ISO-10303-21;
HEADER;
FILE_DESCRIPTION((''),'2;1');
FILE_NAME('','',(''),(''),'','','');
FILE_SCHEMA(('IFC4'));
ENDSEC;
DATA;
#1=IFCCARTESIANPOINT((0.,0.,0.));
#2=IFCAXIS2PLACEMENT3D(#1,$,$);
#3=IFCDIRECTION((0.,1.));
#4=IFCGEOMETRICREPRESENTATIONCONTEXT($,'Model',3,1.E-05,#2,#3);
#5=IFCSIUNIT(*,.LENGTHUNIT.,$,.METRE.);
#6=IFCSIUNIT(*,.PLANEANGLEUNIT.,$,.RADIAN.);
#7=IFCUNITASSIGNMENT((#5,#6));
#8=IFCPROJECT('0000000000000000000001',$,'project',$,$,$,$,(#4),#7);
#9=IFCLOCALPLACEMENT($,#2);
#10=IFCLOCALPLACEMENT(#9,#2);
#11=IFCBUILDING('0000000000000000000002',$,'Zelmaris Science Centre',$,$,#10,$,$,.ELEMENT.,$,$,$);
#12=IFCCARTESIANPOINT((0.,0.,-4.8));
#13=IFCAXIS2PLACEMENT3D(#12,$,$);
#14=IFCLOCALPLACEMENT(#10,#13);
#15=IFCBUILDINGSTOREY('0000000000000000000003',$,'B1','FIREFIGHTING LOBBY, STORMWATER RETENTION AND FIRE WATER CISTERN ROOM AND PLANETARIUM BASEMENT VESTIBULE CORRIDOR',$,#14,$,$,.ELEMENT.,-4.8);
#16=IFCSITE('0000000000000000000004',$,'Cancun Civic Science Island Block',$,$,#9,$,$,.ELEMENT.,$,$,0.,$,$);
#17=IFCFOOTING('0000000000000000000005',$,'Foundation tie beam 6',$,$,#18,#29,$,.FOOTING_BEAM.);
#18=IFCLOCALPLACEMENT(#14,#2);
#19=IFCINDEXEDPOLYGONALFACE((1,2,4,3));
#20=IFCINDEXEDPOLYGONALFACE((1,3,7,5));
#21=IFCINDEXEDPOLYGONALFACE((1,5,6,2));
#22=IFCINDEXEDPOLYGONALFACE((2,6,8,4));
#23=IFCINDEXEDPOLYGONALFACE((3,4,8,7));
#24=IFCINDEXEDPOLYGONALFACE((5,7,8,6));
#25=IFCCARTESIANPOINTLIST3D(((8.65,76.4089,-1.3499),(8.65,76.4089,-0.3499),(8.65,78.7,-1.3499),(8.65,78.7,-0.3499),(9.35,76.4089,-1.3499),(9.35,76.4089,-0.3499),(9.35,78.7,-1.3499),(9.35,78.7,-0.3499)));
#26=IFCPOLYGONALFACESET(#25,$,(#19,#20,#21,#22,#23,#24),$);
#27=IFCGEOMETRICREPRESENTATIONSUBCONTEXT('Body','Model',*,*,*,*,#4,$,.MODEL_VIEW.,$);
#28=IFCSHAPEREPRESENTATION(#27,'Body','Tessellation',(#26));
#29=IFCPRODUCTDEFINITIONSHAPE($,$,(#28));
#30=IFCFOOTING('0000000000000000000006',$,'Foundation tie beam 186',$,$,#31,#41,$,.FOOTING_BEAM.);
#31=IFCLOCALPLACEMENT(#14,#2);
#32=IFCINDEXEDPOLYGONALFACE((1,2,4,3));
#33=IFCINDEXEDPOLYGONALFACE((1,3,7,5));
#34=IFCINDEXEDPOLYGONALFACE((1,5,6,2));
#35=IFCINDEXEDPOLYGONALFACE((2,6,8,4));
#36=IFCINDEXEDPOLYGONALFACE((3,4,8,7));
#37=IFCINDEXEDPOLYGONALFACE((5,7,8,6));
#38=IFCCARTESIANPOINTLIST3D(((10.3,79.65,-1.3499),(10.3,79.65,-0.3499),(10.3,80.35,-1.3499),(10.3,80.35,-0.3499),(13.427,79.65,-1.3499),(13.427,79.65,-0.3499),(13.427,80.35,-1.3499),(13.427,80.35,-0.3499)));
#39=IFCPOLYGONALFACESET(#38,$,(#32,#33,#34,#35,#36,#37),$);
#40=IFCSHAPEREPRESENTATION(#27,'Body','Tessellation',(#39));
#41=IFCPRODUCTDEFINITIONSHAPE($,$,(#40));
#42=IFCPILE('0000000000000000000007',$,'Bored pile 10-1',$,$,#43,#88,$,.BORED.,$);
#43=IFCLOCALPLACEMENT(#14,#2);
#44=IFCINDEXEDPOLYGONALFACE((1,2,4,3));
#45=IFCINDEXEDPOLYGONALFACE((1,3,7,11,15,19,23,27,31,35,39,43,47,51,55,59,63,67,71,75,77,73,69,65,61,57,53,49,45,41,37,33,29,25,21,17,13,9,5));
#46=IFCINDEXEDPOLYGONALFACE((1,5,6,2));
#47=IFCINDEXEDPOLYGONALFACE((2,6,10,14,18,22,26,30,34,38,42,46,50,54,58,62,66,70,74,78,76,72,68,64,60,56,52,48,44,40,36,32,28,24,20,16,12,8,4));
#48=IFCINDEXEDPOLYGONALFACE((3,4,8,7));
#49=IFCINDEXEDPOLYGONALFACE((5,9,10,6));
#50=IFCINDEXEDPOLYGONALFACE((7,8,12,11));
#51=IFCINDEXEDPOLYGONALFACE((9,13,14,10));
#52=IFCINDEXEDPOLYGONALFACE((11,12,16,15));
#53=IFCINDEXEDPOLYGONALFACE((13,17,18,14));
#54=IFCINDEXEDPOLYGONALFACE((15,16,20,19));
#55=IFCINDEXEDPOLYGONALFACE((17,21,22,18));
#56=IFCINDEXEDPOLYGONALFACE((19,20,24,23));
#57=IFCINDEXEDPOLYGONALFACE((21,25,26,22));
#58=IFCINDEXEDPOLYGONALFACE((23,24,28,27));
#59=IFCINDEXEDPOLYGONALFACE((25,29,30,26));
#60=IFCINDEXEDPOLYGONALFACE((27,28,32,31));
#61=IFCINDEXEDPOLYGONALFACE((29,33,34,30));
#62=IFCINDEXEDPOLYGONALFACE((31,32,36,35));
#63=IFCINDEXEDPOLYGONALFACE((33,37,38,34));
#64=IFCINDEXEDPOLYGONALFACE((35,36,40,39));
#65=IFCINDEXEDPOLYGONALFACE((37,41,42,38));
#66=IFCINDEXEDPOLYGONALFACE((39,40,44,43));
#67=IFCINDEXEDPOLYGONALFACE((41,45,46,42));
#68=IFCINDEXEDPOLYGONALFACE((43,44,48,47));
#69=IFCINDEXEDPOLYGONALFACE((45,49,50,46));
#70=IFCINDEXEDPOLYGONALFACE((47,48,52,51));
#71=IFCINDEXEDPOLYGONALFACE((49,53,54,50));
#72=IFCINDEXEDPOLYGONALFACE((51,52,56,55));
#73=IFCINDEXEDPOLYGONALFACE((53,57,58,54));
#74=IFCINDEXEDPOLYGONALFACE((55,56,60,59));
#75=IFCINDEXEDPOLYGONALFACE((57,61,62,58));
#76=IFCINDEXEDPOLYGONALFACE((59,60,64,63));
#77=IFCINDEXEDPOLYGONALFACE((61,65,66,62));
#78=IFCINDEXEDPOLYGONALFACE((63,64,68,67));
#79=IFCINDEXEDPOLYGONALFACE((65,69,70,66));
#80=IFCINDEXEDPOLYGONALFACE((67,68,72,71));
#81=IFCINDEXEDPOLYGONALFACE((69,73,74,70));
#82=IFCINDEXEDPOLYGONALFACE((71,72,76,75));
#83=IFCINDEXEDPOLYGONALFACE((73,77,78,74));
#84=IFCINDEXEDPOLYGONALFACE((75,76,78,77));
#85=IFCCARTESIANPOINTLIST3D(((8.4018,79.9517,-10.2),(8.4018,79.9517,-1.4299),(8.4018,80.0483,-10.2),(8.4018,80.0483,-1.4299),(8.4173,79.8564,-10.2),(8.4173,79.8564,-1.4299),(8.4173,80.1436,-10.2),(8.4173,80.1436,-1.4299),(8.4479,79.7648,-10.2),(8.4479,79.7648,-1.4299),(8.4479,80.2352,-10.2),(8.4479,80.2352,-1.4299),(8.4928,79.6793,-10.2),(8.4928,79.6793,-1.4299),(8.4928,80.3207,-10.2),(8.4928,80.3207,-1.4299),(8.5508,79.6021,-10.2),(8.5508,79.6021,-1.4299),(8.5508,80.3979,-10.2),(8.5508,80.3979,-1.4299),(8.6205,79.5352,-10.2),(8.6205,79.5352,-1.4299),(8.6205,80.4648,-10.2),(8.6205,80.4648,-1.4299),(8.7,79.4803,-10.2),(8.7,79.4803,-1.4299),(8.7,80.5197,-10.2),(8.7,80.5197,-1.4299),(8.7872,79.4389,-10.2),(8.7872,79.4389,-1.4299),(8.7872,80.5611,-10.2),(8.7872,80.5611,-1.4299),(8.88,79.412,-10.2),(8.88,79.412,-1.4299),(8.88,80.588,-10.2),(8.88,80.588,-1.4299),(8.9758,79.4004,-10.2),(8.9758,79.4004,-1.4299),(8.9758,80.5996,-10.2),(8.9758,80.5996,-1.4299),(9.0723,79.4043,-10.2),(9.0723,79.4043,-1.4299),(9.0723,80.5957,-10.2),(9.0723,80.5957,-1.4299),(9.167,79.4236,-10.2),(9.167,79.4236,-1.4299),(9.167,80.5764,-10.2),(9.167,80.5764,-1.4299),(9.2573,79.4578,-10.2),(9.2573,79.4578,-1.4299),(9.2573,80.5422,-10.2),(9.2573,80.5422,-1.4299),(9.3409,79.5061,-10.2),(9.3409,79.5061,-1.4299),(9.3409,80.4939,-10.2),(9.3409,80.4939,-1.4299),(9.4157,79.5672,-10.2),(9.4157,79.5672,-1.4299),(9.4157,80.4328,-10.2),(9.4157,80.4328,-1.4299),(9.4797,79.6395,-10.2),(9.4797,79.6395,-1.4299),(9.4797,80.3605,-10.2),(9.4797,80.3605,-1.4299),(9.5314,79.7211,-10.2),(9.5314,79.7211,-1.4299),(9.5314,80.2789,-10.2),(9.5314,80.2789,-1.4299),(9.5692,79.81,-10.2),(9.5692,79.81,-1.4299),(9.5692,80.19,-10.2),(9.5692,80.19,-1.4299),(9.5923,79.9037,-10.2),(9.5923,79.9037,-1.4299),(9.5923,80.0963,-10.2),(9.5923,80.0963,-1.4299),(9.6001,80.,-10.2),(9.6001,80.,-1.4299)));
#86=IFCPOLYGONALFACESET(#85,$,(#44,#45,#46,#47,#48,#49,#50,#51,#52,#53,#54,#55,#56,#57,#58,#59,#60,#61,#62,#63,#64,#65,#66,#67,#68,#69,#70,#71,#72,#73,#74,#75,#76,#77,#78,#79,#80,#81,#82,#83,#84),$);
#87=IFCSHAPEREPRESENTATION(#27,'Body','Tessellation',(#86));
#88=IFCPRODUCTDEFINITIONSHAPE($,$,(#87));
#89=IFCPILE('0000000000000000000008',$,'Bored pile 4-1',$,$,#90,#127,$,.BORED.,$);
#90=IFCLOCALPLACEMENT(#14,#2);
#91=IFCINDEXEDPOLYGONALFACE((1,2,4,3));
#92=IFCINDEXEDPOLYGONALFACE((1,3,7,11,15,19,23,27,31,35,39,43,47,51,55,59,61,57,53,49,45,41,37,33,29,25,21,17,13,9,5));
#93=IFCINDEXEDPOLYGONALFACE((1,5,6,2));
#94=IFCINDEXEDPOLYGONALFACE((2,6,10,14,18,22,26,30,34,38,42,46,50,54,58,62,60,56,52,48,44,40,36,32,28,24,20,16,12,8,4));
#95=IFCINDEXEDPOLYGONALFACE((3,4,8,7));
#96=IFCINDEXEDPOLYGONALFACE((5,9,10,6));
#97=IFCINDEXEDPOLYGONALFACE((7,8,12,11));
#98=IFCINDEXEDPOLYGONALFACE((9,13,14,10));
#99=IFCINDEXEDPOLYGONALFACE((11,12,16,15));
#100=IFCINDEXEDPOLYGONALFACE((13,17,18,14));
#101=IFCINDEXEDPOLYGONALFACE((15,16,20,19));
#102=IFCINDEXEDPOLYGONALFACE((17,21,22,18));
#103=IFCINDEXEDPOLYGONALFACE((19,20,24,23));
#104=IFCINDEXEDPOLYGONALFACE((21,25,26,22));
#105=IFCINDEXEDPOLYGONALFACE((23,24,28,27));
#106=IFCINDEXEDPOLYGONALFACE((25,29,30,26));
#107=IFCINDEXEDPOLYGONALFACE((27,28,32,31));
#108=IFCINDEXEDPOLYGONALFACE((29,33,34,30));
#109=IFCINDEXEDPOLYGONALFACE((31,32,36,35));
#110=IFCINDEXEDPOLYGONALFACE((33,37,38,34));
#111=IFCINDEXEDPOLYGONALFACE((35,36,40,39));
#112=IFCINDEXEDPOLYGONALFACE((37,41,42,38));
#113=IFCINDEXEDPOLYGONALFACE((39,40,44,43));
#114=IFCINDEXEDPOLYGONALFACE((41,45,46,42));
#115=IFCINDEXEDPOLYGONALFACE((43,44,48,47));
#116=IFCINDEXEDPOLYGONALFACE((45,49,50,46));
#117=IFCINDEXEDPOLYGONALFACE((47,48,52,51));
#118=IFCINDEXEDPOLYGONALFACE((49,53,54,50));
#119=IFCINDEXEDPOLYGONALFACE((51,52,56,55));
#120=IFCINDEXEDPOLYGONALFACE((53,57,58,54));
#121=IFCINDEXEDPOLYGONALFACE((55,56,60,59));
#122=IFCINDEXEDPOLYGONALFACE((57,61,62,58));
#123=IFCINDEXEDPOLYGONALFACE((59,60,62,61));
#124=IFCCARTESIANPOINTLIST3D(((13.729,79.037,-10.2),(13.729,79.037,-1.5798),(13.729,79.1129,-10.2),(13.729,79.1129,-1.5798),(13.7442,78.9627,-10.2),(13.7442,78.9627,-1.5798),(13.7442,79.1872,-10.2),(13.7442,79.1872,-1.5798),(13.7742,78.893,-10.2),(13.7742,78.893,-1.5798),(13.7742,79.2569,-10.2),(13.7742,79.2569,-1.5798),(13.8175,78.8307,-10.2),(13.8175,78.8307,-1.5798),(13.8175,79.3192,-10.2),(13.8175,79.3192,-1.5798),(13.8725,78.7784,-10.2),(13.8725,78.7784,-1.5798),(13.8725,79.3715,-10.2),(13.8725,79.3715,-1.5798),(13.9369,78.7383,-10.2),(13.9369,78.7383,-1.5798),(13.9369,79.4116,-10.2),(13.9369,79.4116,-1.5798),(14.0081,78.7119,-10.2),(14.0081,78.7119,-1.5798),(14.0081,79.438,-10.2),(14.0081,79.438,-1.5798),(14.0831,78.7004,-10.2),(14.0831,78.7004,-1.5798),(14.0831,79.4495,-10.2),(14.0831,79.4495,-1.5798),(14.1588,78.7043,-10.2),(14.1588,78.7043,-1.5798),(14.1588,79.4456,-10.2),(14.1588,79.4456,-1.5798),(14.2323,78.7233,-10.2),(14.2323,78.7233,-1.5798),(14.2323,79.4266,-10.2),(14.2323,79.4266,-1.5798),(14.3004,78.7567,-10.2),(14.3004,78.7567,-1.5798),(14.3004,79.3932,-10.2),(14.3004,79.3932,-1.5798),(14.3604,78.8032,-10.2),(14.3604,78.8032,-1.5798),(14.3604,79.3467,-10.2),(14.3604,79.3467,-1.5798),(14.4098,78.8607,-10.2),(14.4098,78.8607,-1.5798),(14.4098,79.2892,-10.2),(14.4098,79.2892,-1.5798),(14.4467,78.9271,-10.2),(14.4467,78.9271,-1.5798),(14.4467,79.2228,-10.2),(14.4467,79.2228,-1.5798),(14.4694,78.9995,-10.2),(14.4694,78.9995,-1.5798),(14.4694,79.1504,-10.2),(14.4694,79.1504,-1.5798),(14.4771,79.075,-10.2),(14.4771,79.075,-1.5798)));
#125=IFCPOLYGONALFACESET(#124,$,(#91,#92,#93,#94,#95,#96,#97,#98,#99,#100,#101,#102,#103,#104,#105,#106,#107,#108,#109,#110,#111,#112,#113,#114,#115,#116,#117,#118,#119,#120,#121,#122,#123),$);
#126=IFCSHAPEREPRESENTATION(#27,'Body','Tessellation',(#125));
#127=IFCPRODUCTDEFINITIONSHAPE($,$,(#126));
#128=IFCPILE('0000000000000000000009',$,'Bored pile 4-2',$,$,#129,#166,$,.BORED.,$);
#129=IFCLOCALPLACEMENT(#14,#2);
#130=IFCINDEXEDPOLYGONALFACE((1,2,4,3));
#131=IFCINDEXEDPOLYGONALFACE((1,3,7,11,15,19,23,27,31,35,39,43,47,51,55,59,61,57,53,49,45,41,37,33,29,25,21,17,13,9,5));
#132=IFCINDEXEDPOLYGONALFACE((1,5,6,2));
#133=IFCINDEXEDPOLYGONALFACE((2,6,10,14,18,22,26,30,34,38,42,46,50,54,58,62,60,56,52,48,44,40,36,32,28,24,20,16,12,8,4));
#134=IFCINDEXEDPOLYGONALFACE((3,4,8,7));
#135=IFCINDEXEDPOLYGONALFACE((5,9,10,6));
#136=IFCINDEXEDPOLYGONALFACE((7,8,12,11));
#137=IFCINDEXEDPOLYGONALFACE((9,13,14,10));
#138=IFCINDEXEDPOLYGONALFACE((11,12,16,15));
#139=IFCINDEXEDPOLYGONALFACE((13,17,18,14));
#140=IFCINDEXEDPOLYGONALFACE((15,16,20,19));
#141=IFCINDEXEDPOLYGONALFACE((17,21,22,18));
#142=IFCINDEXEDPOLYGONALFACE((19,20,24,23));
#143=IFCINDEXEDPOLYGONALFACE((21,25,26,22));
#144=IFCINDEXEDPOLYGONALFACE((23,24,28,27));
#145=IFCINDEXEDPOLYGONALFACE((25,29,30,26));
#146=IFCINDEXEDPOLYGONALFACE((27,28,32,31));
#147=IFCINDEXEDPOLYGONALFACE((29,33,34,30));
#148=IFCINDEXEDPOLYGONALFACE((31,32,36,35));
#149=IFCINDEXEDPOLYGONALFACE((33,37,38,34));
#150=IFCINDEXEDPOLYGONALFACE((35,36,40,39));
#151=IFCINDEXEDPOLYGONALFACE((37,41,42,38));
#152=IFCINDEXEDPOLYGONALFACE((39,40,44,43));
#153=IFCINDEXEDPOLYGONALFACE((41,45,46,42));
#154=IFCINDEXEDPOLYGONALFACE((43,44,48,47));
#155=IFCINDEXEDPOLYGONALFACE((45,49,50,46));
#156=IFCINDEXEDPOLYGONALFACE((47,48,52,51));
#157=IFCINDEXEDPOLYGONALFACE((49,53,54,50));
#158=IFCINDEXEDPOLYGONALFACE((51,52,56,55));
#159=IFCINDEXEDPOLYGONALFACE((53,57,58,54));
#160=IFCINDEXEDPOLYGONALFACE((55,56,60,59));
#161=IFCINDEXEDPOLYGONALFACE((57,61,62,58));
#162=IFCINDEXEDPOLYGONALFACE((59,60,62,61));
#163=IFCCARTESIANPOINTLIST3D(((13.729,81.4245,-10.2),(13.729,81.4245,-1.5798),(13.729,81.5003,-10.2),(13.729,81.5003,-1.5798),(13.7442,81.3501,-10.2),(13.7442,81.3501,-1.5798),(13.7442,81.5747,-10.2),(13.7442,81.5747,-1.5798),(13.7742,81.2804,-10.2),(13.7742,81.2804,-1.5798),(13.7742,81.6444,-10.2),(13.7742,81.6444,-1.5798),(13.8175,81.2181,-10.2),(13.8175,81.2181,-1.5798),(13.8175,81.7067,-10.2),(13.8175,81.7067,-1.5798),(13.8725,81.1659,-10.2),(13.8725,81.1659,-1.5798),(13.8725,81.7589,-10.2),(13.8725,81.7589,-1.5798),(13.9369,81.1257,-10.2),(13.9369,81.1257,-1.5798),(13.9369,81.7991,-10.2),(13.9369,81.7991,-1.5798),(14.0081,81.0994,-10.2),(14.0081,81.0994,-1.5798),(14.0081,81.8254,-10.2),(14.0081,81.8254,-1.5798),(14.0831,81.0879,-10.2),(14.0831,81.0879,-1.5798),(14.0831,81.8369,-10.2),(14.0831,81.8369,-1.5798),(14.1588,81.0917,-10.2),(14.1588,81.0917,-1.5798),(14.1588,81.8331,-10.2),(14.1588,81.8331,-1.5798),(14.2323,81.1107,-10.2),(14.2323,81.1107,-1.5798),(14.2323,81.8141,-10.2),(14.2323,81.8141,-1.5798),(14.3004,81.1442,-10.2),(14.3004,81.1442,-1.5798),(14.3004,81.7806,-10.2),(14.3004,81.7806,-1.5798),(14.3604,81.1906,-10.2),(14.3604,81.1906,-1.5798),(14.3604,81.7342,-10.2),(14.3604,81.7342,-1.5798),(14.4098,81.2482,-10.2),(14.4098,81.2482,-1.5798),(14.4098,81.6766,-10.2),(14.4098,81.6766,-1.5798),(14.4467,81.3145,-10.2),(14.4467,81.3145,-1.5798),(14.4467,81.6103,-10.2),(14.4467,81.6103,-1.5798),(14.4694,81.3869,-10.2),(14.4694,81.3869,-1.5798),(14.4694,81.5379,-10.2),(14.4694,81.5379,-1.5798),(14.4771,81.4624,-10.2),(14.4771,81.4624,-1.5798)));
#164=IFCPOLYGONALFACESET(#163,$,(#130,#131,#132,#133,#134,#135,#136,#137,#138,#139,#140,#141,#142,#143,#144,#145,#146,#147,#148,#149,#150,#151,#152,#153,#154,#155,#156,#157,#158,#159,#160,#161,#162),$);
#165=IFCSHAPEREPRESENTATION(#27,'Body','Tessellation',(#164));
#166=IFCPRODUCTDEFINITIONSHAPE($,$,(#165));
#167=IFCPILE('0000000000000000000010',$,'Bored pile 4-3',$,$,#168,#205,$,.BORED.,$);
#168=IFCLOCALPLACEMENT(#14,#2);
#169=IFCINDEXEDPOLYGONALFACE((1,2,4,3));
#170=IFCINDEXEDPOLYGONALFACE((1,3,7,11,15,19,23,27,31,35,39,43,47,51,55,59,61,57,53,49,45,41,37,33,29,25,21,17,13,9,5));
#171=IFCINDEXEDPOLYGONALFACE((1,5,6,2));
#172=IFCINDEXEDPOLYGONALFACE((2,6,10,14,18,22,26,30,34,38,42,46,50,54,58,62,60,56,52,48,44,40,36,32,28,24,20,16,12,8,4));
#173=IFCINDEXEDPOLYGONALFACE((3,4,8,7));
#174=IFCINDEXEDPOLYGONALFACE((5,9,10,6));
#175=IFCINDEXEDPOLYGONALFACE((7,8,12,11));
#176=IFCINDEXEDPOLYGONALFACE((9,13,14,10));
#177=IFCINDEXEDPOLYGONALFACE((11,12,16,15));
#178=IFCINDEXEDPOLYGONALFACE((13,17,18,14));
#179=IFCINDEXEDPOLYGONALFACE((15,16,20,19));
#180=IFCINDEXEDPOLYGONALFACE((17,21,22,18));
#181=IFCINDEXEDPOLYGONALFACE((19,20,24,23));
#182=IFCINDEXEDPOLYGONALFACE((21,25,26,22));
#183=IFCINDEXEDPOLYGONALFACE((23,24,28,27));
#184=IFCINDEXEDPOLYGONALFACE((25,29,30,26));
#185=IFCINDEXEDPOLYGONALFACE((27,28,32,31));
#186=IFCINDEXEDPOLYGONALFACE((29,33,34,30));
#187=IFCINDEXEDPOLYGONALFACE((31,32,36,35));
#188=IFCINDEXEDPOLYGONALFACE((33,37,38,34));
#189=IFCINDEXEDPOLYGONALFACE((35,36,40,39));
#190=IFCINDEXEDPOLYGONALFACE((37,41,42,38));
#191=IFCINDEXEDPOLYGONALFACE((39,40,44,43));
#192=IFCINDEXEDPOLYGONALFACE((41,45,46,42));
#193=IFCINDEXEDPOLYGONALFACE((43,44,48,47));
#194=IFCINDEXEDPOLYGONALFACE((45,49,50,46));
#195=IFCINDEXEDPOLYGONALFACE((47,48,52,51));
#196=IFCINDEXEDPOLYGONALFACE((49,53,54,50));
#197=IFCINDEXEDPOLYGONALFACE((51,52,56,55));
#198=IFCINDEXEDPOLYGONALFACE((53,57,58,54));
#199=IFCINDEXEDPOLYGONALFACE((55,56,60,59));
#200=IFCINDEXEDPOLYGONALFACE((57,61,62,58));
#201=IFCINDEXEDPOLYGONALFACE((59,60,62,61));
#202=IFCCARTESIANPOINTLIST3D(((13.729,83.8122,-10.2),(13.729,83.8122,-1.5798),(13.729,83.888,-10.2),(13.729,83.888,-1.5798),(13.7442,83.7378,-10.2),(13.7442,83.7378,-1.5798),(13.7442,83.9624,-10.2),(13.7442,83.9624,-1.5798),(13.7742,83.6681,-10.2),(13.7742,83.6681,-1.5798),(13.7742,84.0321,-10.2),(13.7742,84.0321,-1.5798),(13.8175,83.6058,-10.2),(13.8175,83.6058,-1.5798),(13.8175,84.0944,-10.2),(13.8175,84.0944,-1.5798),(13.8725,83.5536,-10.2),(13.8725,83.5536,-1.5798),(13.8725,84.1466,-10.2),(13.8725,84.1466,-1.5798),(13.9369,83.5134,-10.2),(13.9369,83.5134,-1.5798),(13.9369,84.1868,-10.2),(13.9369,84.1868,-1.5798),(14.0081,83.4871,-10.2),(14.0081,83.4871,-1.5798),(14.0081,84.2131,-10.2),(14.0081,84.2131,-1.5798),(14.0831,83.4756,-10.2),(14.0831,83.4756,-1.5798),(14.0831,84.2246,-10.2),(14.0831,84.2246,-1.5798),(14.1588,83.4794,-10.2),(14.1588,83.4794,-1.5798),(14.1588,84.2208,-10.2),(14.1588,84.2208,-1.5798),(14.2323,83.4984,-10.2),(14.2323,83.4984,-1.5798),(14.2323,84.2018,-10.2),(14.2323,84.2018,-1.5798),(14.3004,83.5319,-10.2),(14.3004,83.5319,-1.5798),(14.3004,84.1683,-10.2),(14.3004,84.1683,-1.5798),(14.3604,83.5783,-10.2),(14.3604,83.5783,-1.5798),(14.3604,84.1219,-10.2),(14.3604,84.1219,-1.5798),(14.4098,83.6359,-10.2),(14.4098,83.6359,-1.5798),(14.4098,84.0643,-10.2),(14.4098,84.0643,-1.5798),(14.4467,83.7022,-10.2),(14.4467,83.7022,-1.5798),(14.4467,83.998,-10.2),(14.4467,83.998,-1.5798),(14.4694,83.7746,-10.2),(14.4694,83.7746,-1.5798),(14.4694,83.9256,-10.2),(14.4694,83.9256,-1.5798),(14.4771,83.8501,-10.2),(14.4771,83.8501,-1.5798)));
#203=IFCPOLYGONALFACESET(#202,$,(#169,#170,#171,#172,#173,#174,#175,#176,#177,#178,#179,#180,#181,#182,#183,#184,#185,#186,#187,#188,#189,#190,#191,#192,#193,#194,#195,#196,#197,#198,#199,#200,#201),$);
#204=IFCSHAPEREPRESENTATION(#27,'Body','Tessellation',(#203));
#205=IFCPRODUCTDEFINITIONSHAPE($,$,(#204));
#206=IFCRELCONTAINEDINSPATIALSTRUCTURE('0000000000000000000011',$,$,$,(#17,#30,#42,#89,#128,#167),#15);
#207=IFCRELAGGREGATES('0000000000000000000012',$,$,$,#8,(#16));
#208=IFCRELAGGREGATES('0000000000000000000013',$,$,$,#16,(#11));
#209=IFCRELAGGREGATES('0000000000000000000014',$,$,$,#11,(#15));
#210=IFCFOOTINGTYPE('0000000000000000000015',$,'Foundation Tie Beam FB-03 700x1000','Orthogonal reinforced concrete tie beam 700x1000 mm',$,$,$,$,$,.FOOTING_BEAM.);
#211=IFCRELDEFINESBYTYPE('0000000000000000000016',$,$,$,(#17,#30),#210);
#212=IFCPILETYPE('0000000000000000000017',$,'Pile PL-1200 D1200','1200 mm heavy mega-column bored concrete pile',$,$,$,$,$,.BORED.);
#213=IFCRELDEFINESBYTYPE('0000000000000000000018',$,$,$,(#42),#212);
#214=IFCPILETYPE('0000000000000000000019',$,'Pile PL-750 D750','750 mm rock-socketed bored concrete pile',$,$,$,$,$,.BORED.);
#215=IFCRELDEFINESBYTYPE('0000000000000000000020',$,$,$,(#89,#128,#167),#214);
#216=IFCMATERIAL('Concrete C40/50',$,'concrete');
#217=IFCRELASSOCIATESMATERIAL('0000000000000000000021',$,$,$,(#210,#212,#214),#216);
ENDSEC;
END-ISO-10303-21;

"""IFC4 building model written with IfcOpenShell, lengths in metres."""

from ifc_helpers import new_model, si_unit, direction, frame, origin, origin_2d, place, context, subcontext, project, spatial, rectangle, circle, extrude, material, material_profile, profile_set, type_object, element, save


model = new_model("IFC4")

# Units and contexts
model_context = context("Model", 3, precision=1e-05, world=origin(), true_north=direction((0.0, 1.0)))
body_context = subcontext(model_context, "Body", "Model", "MODEL_VIEW")
ifc_project = project(units=[si_unit("LENGTHUNIT", "METRE"), si_unit("PLANEANGLEUNIT", "RADIAN")], contexts=[model_context])

# Site, building, storey
site_placement = place(None, origin())
site = spatial("IfcSite", under=ifc_project, at=site_placement, Name="Cancun Civic Science Island Block", CompositionType="ELEMENT", RefElevation=0.0)
building_placement = place(site_placement, origin())
building = spatial("IfcBuilding", under=site, at=building_placement, Name="Zelmaris Science Centre", CompositionType="ELEMENT")
storey_placement = place(building_placement, frame((0.0, 0.0, -4.8)))
storey = spatial("IfcBuildingStorey", under=building, at=storey_placement, Name="B1", Description="FIREFIGHTING LOBBY, STORMWATER RETENTION AND FIRE WATER CISTERN ROOM AND PLANETARIUM BASEMENT VESTIBULE CORRIDOR", CompositionType="ELEMENT", Elevation=-4.8)

# Footings
ifc_material_1 = material(Name="Concrete C40/50", Category="concrete")
ifc_material_profile_1 = material_profile(ifc_material_1, rectangle(XDim=0.7, YDim=1.0, at=origin_2d()), Name="FB-700X1000")
ifc_profile_set_1 = profile_set([ifc_material_profile_1], Name="Concrete C40/50")
footing_type = type_object("IfcFootingType", Name="Foundation Tie Beam FB-03 700x1000", Description="Orthogonal reinforced concrete tie beam 700x1000 mm", PredefinedType="FOOTING_BEAM", material=ifc_profile_set_1)
footing_1_placement = place(storey_placement, frame((9.0, 76.4089, -0.8499), z_axis=(0.0, 1.0, 0.0), x_axis=(-1.0, 0.0, 0.0)))
element("IfcFooting", 1, at=footing_1_placement, inside=storey, type_object=footing_type, Name="Foundation tie beam 6", PredefinedType="FOOTING_BEAM", context=body_context, shape_type="SweptSolid", body=[
    extrude(rectangle(XDim=0.7, YDim=1.0, at=origin_2d()), origin(), (0.0, 0.0, 1.0), 2.291),
])
footing_2_placement = place(storey_placement, frame((10.3, 80.0, -0.8499), z_axis=(1.0, 0.0, 0.0), x_axis=(0.0, 1.0, 0.0)))
element("IfcFooting", 2, at=footing_2_placement, inside=storey, type_object=footing_type, Name="Foundation tie beam 186", PredefinedType="FOOTING_BEAM", context=body_context, shape_type="SweptSolid", body=[
    extrude(rectangle(XDim=0.7, YDim=1.0, at=origin_2d()), origin(), (0.0, 0.0, 1.0), 3.127),
])

# Piles
ifc_material_profile_2 = material_profile(ifc_material_1, circle(Radius=0.6001, at=origin_2d()), Name="PILE-1200")
ifc_profile_set_2 = profile_set([ifc_material_profile_2], Name="Concrete C40/50")
pile_type_1 = type_object("IfcPileType", Name="Pile PL-1200 D1200", Description="1200 mm heavy mega-column bored concrete pile", PredefinedType="BORED", material=ifc_profile_set_2)
pile_placement = place(storey_placement, frame((9.0, 80.0, -1.4299), z_axis=(0.0, 0.0, -1.0), x_axis=(1.0, 0.0, 0.0)))
element("IfcPile", 3, at=pile_placement, inside=storey, type_object=pile_type_1, Name="Bored pile 10-1", PredefinedType="BORED", context=body_context, shape_type="SweptSolid", body=[
    extrude(circle(Radius=0.6001, at=origin_2d()), origin(), (0.0, 0.0, 1.0), 8.77),
])
ifc_material_profile_3 = material_profile(ifc_material_1, circle(Radius=0.375, at=origin_2d()), Name="PILE-750")
ifc_profile_set_3 = profile_set([ifc_material_profile_3], Name="Concrete C40/50")
pile_type_2 = type_object("IfcPileType", Name="Pile PL-750 D750", Description="750 mm rock-socketed bored concrete pile", PredefinedType="BORED", material=ifc_profile_set_3)
for number, where, z_axis, x_axis, name in (
    (4, (14.1021, 79.075, -1.5798), (0.0, 0.0, -1.0), (1.0, 0.0, 0.0), "Bored pile 4-1"),
    (5, (14.1021, 81.4624, -1.5798), (0.0, 0.0, -1.0), (1.0, 0.0, 0.0), "Bored pile 4-2"),
    (6, (14.1021, 83.8501, -1.5798), (0.0, 0.0, -1.0), (1.0, 0.0, 0.0), "Bored pile 4-3"),
):
    element("IfcPile", number, at=place(storey_placement, frame(where, z_axis=z_axis, x_axis=x_axis)), inside=storey, type_object=pile_type_2, Name=name, PredefinedType="BORED", context=body_context, shape_type="SweptSolid", body=[
        extrude(circle(Radius=0.375, at=origin_2d()), origin(), (0.0, 0.0, 1.0), 8.6201),
    ])

save(model, "model.ifc")
